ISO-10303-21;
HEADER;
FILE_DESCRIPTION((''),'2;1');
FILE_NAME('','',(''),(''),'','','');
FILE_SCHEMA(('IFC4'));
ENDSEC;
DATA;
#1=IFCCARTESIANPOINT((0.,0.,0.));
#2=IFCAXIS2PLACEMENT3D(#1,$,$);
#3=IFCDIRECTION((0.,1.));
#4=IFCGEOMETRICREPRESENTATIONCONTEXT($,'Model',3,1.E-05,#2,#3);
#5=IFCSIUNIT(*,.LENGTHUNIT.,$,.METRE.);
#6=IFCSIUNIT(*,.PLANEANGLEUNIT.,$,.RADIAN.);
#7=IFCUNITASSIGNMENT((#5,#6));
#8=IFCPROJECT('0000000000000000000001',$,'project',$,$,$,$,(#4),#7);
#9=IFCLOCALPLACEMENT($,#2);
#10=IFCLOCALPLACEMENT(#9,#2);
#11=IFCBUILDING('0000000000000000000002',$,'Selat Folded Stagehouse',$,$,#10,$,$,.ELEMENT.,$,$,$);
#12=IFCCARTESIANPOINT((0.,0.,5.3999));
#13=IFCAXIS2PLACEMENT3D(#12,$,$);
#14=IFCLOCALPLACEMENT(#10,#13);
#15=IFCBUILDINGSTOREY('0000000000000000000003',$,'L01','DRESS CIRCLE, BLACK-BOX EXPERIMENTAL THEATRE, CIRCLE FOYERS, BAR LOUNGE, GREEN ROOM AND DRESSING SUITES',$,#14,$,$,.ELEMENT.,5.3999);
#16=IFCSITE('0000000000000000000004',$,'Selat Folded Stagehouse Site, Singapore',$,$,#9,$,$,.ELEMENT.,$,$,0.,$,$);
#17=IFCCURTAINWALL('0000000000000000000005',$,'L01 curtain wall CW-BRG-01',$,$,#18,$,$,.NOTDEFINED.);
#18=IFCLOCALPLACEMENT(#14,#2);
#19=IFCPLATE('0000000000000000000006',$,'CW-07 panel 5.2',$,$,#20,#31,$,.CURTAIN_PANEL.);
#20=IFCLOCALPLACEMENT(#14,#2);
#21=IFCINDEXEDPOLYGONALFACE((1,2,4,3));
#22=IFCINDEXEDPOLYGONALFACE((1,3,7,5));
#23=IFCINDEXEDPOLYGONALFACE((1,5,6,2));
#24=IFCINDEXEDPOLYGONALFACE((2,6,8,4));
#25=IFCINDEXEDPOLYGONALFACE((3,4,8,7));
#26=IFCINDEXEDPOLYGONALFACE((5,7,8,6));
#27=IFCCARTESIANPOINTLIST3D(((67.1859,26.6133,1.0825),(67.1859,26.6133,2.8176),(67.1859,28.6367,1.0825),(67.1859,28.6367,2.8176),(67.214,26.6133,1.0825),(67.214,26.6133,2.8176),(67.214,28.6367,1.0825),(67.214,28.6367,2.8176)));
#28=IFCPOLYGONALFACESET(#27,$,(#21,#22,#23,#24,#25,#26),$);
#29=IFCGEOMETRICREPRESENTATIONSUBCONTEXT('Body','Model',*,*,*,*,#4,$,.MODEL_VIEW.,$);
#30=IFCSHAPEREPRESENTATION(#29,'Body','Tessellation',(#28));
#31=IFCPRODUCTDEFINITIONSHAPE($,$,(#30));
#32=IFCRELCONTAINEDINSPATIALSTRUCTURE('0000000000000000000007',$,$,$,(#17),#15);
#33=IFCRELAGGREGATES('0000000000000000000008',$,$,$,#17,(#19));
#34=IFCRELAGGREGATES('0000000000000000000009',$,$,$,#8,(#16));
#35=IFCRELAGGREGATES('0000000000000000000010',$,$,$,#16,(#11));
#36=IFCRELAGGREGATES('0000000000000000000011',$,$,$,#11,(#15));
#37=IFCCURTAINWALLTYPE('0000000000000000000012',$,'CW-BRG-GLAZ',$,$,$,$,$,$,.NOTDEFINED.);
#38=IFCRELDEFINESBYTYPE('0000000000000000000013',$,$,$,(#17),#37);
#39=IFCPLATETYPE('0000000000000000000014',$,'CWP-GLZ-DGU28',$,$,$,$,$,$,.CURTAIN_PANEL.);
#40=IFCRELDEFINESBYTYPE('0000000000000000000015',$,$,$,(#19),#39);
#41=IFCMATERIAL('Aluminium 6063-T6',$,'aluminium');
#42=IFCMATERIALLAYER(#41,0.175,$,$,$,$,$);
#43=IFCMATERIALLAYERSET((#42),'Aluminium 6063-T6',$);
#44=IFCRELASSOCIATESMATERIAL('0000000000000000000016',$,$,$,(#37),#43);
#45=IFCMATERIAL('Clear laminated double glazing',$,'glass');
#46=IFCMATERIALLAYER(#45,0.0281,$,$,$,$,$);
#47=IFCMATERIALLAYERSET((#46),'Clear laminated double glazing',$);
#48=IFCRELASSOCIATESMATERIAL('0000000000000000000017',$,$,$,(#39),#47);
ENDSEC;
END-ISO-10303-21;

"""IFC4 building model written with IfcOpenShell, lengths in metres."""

from ifc_helpers import new_model, si_unit, direction, frame, origin, origin_2d, place, context, subcontext, project, spatial, rectangle, extrude, material, layer, layer_set, type_object, element, aggregate, save


model = new_model("IFC4")

# Units and contexts
model_context = context("Model", 3, precision=1e-05, world=origin(), true_north=direction((0.0, 1.0)))
body_context = subcontext(model_context, "Body", "Model", "MODEL_VIEW")
ifc_project = project(units=[si_unit("LENGTHUNIT", "METRE"), si_unit("PLANEANGLEUNIT", "RADIAN")], contexts=[model_context])

# Site, building, storey
site_placement = place(None, origin())
site = spatial("IfcSite", under=ifc_project, at=site_placement, Name="Selat Folded Stagehouse Site, Singapore", CompositionType="ELEMENT", RefElevation=0.0)
building_placement = place(site_placement, origin())
building = spatial("IfcBuilding", under=site, at=building_placement, Name="Selat Folded Stagehouse", CompositionType="ELEMENT")
storey_placement = place(building_placement, frame((0.0, 0.0, 5.3999)))
storey = spatial("IfcBuildingStorey", under=building, at=storey_placement, Name="L01", Description="DRESS CIRCLE, BLACK-BOX EXPERIMENTAL THEATRE, CIRCLE FOYERS, BAR LOUNGE, GREEN ROOM AND DRESSING SUITES", CompositionType="ELEMENT", Elevation=5.3999)

# Curtain wall, plate
ifc_material_1 = material(Name="Aluminium 6063-T6", Category="aluminium")
ifc_layer_1 = layer(ifc_material_1, 0.175)
ifc_layer_set_1 = layer_set([ifc_layer_1], Name="Aluminium 6063-T6")
curtain_wall_type = type_object("IfcCurtainWallType", Name="CW-BRG-GLAZ", PredefinedType="NOTDEFINED", material=ifc_layer_set_1)
curtain_wall_placement = place(storey_placement, origin())
curtain_wall = element("IfcCurtainWall", 1, at=curtain_wall_placement, inside=storey, type_object=curtain_wall_type, Name="L01 curtain wall CW-BRG-01", PredefinedType="NOTDEFINED")
ifc_material_2 = material(Name="Clear laminated double glazing", Category="glass")
ifc_layer_2 = layer(ifc_material_2, 0.0281)
ifc_layer_set_2 = layer_set([ifc_layer_2], Name="Clear laminated double glazing")
plate_type = type_object("IfcPlateType", Name="CWP-GLZ-DGU28", PredefinedType="CURTAIN_PANEL", material=ifc_layer_set_2)
plate_1_placement = place(storey_placement, frame((67.2, 27.625, 1.0825), z_axis=(0.0, 0.0, 1.0), x_axis=(0.0, 1.0, 0.0)))
plate_1 = element("IfcPlate", 2, at=plate_1_placement, type_object=plate_type, Name="CW-07 panel 5.2", PredefinedType="CURTAIN_PANEL", context=body_context, shape_type="SweptSolid", body=[
    extrude(rectangle(XDim=2.0234, YDim=0.0281, at=origin_2d()), origin(), (0.0, 0.0, 1.0), 1.7351),
])
aggregate(curtain_wall, [plate_1])

save(model, "model.ifc")
